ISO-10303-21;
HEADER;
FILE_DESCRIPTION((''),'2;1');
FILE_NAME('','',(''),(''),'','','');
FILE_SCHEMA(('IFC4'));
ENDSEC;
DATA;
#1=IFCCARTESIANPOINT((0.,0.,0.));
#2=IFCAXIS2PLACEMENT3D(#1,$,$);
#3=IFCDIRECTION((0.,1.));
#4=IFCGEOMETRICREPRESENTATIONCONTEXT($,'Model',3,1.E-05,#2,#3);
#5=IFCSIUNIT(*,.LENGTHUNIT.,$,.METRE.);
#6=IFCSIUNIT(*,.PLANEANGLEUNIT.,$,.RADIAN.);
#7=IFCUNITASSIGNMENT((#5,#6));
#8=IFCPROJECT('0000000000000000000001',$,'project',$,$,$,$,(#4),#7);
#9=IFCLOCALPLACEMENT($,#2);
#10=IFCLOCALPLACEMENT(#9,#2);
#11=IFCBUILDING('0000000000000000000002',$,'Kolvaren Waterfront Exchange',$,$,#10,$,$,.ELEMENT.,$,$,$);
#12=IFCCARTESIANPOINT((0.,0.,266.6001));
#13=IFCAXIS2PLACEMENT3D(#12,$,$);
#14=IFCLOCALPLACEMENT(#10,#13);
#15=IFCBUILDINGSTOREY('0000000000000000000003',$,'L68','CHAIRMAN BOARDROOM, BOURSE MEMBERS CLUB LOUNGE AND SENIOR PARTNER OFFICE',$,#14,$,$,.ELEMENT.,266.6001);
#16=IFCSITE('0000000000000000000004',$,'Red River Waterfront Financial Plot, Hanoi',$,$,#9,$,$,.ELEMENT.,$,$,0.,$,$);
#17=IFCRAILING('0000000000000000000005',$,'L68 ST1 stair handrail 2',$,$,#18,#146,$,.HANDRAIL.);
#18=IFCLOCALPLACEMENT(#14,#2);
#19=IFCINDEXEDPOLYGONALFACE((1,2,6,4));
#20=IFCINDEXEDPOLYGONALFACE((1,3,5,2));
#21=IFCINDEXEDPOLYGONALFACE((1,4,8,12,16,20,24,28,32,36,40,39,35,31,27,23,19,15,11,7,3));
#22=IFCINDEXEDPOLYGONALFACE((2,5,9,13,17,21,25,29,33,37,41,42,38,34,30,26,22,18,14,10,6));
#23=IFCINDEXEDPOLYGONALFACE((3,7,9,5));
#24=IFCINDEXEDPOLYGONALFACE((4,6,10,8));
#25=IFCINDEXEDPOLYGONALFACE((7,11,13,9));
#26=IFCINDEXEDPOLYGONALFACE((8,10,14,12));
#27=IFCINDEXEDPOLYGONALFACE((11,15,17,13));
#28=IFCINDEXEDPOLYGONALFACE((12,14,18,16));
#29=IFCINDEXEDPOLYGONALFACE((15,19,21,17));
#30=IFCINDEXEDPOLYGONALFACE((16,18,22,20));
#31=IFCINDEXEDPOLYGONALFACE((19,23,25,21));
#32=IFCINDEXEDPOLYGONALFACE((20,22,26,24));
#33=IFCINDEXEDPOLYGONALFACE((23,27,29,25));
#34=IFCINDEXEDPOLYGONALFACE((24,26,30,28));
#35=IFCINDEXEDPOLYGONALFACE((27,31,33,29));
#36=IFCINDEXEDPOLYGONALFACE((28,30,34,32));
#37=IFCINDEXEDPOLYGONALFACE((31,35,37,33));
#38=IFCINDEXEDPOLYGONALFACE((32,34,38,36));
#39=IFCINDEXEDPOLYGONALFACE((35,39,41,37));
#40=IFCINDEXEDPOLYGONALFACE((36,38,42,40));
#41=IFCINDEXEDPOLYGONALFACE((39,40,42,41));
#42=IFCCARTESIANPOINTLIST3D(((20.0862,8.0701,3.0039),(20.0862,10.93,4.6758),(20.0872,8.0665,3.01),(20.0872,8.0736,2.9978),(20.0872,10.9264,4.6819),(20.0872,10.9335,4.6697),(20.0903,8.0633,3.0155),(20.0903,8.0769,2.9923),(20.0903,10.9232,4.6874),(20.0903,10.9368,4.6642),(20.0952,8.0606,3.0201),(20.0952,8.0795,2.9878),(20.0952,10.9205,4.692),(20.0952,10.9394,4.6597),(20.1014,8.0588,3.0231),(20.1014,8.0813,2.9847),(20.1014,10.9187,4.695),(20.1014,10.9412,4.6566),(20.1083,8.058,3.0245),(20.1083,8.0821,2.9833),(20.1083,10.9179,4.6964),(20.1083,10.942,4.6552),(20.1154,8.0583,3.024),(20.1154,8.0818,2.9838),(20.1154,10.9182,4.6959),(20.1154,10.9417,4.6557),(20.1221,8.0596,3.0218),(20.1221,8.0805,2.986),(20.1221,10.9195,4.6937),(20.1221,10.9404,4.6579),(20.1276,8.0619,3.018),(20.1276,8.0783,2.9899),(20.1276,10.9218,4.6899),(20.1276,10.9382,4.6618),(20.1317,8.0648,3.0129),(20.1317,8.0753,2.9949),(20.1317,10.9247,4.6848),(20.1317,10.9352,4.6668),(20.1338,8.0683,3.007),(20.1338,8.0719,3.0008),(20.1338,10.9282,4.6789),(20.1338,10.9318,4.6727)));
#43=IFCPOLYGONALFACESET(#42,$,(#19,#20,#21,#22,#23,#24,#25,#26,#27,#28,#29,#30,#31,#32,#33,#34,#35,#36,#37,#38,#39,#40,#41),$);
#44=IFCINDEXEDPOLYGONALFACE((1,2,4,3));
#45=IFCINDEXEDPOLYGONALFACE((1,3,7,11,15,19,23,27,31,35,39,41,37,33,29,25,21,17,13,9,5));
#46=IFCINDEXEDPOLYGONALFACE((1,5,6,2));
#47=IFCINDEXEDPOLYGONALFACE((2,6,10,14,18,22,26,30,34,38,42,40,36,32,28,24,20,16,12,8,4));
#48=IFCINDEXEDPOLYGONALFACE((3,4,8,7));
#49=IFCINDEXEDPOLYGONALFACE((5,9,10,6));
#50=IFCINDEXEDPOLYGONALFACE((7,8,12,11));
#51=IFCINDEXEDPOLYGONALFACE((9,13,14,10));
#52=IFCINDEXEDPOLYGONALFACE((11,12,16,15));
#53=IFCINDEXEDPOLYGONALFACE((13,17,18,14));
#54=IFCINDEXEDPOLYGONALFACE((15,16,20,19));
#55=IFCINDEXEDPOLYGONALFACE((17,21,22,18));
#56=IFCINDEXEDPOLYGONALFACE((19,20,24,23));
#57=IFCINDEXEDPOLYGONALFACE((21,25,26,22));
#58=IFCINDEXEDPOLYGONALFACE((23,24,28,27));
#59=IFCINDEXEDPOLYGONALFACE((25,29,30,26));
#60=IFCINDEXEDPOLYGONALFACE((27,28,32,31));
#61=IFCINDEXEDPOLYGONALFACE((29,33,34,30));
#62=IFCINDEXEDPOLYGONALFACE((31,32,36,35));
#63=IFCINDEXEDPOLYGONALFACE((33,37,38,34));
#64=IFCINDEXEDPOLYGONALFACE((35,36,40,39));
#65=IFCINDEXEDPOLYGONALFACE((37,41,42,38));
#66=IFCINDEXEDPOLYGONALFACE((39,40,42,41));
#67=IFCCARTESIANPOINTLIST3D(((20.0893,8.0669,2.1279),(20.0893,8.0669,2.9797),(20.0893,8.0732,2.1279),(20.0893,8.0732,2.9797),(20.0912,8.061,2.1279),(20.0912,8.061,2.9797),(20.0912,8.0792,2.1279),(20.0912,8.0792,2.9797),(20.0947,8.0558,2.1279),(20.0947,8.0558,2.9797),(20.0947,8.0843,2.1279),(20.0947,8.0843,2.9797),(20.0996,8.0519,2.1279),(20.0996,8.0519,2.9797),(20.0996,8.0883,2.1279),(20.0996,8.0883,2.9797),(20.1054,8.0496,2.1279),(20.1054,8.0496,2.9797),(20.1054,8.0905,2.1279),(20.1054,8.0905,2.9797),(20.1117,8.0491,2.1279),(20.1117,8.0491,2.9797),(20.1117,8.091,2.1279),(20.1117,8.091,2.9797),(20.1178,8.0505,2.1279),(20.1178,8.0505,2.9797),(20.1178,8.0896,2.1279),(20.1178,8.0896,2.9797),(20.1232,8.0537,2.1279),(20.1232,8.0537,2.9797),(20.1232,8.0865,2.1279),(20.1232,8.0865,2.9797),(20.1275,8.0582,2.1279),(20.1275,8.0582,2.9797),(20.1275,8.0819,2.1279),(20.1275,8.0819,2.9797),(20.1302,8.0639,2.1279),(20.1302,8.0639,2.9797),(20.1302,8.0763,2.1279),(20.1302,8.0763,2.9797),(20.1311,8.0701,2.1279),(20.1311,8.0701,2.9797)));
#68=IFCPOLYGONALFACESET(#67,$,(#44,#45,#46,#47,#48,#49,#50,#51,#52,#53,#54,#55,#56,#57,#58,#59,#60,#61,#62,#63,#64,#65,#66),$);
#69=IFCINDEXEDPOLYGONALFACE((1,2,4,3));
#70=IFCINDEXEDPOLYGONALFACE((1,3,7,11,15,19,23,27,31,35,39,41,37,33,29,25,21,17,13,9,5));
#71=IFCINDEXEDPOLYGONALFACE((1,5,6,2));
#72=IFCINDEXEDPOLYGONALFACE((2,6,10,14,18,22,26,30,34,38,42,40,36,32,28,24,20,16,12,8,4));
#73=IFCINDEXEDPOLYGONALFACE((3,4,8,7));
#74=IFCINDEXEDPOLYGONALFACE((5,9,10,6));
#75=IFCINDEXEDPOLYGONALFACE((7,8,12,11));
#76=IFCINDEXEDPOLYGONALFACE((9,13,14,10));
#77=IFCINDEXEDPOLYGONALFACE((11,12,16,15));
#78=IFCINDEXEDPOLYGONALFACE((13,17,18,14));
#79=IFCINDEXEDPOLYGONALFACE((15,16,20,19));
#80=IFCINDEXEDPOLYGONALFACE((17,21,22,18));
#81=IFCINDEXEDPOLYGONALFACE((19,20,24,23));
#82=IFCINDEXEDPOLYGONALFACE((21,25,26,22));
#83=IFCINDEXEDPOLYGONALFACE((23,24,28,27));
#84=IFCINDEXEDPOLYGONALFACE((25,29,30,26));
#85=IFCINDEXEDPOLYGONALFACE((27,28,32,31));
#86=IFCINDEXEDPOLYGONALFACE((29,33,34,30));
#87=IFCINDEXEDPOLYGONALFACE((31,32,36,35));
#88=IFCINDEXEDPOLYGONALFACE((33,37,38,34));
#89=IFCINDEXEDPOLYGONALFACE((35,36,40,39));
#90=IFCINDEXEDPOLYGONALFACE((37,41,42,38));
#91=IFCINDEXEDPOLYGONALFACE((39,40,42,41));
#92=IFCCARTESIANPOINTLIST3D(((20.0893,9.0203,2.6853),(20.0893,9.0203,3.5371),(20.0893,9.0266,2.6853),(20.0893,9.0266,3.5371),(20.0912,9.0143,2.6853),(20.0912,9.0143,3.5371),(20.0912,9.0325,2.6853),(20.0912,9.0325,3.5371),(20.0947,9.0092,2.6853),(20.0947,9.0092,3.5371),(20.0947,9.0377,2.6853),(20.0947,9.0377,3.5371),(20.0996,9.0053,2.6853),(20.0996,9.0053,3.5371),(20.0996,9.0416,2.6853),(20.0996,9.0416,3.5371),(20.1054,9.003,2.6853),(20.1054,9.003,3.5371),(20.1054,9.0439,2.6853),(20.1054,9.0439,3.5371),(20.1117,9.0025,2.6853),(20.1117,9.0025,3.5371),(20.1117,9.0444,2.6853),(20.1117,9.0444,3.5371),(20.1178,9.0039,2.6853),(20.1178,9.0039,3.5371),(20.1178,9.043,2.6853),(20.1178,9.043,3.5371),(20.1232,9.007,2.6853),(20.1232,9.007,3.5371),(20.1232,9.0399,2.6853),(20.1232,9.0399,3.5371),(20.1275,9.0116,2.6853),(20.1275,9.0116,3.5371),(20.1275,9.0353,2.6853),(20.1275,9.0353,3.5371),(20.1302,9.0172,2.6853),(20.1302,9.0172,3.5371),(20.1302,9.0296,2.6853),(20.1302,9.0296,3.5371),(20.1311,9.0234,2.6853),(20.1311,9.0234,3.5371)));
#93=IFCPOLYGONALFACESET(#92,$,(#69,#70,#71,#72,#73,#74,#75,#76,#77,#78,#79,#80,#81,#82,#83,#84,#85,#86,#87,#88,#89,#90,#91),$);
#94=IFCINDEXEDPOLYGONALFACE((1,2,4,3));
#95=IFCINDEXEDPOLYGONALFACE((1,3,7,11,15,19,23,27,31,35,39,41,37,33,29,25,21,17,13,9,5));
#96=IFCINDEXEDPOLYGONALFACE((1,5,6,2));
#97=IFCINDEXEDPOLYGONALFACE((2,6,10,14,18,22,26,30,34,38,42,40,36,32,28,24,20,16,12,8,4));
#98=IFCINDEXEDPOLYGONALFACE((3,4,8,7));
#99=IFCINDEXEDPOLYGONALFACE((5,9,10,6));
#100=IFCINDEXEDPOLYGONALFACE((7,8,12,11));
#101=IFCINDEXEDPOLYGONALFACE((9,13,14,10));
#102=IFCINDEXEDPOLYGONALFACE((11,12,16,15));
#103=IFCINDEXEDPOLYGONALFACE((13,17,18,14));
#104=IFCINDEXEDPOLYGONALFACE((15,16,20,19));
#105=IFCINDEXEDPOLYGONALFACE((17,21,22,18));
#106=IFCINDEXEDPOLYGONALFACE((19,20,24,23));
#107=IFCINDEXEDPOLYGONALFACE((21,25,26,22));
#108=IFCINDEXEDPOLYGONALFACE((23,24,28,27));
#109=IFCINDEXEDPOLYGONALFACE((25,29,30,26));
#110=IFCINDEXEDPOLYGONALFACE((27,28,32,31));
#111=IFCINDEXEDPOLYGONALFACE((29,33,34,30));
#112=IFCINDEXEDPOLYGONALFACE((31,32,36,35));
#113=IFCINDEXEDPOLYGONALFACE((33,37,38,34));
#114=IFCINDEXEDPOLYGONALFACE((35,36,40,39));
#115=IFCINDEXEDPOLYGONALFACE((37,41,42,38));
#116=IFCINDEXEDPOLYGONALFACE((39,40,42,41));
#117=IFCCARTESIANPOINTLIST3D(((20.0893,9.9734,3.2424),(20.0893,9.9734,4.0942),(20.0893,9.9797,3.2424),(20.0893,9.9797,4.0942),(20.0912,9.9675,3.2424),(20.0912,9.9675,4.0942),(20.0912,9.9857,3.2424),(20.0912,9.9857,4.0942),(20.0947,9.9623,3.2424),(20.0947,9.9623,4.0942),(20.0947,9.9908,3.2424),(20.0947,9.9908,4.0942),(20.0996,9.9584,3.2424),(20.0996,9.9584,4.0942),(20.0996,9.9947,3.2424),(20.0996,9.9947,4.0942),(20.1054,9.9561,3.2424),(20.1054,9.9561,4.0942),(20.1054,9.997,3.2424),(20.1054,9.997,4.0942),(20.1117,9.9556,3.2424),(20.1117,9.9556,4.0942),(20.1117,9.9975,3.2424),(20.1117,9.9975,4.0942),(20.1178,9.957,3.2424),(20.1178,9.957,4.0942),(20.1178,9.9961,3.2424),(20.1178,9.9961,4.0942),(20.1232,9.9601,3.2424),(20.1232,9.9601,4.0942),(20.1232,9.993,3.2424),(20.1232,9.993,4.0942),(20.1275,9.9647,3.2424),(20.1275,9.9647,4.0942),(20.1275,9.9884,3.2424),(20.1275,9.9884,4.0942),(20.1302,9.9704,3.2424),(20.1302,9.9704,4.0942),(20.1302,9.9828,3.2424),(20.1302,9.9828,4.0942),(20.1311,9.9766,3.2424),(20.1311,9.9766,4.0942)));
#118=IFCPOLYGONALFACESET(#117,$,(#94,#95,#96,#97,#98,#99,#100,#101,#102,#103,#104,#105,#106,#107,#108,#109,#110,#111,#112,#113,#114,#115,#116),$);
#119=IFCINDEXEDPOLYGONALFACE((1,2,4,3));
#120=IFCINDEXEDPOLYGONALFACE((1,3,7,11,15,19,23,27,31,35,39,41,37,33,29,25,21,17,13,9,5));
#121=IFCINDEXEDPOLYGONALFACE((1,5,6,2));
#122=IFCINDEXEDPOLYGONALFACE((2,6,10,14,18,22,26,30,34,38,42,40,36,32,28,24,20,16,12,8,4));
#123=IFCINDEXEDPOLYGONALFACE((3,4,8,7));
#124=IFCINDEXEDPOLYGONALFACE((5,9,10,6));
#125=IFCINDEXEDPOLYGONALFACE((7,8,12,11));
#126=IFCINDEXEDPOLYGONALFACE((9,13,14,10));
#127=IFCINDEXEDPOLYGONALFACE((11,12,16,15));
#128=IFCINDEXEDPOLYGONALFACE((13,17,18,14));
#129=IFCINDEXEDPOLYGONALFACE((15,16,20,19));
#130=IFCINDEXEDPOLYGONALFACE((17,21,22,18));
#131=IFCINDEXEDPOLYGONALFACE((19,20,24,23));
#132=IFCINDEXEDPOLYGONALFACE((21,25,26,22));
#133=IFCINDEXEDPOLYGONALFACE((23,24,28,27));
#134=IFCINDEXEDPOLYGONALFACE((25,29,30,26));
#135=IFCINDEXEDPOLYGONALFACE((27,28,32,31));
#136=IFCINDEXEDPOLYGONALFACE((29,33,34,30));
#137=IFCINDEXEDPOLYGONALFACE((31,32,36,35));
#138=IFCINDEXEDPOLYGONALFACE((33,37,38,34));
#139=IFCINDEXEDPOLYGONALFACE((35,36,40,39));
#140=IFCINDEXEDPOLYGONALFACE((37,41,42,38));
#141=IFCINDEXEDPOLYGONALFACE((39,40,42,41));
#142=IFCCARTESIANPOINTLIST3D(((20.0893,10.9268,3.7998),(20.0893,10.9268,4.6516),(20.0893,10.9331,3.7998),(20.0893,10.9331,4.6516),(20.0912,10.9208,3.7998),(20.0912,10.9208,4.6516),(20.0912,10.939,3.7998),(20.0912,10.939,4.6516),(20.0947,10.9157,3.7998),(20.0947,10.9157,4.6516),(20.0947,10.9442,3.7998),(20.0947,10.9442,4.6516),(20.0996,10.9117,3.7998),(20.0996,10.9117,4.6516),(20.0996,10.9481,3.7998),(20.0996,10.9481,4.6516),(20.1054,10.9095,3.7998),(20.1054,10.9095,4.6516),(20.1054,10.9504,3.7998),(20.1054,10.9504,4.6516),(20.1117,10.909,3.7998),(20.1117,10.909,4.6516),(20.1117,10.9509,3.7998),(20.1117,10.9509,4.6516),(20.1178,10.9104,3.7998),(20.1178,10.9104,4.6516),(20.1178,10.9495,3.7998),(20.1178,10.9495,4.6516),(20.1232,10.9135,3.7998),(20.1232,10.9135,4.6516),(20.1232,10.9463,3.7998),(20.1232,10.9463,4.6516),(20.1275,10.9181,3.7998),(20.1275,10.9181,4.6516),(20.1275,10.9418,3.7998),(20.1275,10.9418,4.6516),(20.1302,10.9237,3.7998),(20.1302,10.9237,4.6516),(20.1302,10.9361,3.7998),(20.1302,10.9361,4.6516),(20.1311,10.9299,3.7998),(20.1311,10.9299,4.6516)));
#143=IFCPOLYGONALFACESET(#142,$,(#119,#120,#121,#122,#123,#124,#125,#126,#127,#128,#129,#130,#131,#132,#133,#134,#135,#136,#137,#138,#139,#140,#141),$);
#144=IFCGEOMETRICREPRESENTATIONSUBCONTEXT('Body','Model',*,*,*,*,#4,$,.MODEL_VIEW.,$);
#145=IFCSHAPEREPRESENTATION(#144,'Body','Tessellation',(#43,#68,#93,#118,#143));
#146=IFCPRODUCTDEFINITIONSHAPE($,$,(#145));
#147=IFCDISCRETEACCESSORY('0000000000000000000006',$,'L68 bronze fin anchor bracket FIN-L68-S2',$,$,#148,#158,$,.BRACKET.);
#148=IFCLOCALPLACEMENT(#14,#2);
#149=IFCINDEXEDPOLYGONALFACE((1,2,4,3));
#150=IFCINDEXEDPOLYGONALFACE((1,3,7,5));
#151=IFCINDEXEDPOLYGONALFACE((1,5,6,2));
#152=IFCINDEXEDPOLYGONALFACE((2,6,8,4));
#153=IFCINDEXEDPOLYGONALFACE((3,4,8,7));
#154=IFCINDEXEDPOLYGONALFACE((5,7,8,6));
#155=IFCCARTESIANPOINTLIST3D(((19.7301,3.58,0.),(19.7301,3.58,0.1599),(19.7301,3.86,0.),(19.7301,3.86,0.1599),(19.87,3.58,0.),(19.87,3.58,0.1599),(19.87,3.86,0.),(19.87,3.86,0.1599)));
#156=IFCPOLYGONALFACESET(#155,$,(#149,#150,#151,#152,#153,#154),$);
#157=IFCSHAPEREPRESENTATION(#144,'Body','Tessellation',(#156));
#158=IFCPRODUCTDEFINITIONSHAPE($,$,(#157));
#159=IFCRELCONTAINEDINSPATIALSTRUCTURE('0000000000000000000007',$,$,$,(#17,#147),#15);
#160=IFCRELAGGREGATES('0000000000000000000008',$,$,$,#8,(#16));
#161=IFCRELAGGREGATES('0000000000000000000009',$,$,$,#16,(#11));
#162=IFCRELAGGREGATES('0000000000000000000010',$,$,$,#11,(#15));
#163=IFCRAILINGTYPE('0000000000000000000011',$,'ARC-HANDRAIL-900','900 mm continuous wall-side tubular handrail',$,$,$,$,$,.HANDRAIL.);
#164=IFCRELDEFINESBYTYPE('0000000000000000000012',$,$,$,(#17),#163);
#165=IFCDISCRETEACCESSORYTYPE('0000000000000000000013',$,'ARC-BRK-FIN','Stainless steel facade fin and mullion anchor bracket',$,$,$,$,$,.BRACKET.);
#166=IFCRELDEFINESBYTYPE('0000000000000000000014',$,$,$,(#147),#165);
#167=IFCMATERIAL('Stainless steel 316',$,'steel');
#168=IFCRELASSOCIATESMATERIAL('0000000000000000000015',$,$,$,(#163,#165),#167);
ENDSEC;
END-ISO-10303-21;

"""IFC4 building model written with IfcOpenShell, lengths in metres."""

from ifc_helpers import new_model, si_unit, direction, frame, origin, origin_with_axes, origin_2d, place, context, subcontext, project, spatial, rectangle, circle, extrude, source, transform, mapped, material, type_object, element, save


model = new_model("IFC4")

# Units and contexts
model_context = context("Model", 3, precision=1e-05, world=origin(), true_north=direction((0.0, 1.0)))
body_context = subcontext(model_context, "Body", "Model", "MODEL_VIEW")
ifc_project = project(units=[si_unit("LENGTHUNIT", "METRE"), si_unit("PLANEANGLEUNIT", "RADIAN")], contexts=[model_context])

# Site, building, storey
site_placement = place(None, origin())
site = spatial("IfcSite", under=ifc_project, at=site_placement, Name="Red River Waterfront Financial Plot, Hanoi", CompositionType="ELEMENT", RefElevation=0.0)
building_placement = place(site_placement, origin())
building = spatial("IfcBuilding", under=site, at=building_placement, Name="Kolvaren Waterfront Exchange", CompositionType="ELEMENT")
storey_placement = place(building_placement, frame((0.0, 0.0, 266.6001)))
storey = spatial("IfcBuildingStorey", under=building, at=storey_placement, Name="L68", Description="CHAIRMAN BOARDROOM, BOURSE MEMBERS CLUB LOUNGE AND SENIOR PARTNER OFFICE", CompositionType="ELEMENT", Elevation=266.6001)

# Railing
ifc_material_1 = material(Name="Stainless steel 316", Category="steel")
railing_type_1 = type_object("IfcRailingType", Name="ARC-HANDRAIL-900", Description="900 mm continuous wall-side tubular handrail", PredefinedType="HANDRAIL", material=ifc_material_1)
railing_1_placement = place(storey_placement, frame((20.1101, 8.0701, 2.1279)))
element("IfcRailing", 1, at=railing_1_placement, inside=storey, type_object=railing_type_1, Name="L68 ST1 stair handrail 2", PredefinedType="HANDRAIL", context=body_context, shape_type="SweptSolid", body=[
    extrude(circle(Radius=0.0239, at=origin_2d()), frame((0.0, 0.0, 0.876), z_axis=(0.0, 0.863303, 0.504686), x_axis=(-1.0, 0.0, 0.0)), (0.0, 0.0, 1.0), 3.3127),
    extrude(circle(Radius=0.021, at=origin_2d()), origin(), (0.0, 0.0, 1.0), 0.8518),
    extrude(circle(Radius=0.021, at=origin_2d()), frame((0.0, 0.9534, 0.5574)), (0.0, 0.0, 1.0), 0.8518),
    extrude(circle(Radius=0.021, at=origin_2d()), frame((0.0, 1.9065, 1.1145)), (0.0, 0.0, 1.0), 0.8518),
    extrude(circle(Radius=0.021, at=origin_2d()), frame((0.0, 2.8599, 1.6719)), (0.0, 0.0, 1.0), 0.8518),
])

# Discrete accessory
discrete_accessory_type = type_object("IfcDiscreteAccessoryType", Name="ARC-BRK-FIN", Description="Stainless steel facade fin and mullion anchor bracket", PredefinedType="BRACKET", material=ifc_material_1)
shared_shape_1 = source(origin_with_axes(), body_context, "Body", "SweptSolid", [
    extrude(rectangle(XDim=0.28, YDim=0.1399, at=origin_2d()), origin(), (0.0, 0.0, 1.0), 0.1599),
])
discrete_accessory_placement = place(storey_placement, frame((19.8, 3.72, 0.0), z_axis=(0.0, 0.0, 1.0), x_axis=(0.0, -1.0, 0.0)))
element("IfcDiscreteAccessory", 2, at=discrete_accessory_placement, inside=storey, type_object=discrete_accessory_type, Name="L68 bronze fin anchor bracket FIN-L68-S2", PredefinedType="BRACKET", context=body_context, shape_type="MappedRepresentation", body=[
    mapped(shared_shape_1, transform((0.0, 0.0, 0.0), x_axis=(1.0, 0.0, 0.0), y_axis=(0.0, 1.0, 0.0), z_axis=(0.0, 0.0, 1.0), scale=1.0)),
])

save(model, "model.ifc")
